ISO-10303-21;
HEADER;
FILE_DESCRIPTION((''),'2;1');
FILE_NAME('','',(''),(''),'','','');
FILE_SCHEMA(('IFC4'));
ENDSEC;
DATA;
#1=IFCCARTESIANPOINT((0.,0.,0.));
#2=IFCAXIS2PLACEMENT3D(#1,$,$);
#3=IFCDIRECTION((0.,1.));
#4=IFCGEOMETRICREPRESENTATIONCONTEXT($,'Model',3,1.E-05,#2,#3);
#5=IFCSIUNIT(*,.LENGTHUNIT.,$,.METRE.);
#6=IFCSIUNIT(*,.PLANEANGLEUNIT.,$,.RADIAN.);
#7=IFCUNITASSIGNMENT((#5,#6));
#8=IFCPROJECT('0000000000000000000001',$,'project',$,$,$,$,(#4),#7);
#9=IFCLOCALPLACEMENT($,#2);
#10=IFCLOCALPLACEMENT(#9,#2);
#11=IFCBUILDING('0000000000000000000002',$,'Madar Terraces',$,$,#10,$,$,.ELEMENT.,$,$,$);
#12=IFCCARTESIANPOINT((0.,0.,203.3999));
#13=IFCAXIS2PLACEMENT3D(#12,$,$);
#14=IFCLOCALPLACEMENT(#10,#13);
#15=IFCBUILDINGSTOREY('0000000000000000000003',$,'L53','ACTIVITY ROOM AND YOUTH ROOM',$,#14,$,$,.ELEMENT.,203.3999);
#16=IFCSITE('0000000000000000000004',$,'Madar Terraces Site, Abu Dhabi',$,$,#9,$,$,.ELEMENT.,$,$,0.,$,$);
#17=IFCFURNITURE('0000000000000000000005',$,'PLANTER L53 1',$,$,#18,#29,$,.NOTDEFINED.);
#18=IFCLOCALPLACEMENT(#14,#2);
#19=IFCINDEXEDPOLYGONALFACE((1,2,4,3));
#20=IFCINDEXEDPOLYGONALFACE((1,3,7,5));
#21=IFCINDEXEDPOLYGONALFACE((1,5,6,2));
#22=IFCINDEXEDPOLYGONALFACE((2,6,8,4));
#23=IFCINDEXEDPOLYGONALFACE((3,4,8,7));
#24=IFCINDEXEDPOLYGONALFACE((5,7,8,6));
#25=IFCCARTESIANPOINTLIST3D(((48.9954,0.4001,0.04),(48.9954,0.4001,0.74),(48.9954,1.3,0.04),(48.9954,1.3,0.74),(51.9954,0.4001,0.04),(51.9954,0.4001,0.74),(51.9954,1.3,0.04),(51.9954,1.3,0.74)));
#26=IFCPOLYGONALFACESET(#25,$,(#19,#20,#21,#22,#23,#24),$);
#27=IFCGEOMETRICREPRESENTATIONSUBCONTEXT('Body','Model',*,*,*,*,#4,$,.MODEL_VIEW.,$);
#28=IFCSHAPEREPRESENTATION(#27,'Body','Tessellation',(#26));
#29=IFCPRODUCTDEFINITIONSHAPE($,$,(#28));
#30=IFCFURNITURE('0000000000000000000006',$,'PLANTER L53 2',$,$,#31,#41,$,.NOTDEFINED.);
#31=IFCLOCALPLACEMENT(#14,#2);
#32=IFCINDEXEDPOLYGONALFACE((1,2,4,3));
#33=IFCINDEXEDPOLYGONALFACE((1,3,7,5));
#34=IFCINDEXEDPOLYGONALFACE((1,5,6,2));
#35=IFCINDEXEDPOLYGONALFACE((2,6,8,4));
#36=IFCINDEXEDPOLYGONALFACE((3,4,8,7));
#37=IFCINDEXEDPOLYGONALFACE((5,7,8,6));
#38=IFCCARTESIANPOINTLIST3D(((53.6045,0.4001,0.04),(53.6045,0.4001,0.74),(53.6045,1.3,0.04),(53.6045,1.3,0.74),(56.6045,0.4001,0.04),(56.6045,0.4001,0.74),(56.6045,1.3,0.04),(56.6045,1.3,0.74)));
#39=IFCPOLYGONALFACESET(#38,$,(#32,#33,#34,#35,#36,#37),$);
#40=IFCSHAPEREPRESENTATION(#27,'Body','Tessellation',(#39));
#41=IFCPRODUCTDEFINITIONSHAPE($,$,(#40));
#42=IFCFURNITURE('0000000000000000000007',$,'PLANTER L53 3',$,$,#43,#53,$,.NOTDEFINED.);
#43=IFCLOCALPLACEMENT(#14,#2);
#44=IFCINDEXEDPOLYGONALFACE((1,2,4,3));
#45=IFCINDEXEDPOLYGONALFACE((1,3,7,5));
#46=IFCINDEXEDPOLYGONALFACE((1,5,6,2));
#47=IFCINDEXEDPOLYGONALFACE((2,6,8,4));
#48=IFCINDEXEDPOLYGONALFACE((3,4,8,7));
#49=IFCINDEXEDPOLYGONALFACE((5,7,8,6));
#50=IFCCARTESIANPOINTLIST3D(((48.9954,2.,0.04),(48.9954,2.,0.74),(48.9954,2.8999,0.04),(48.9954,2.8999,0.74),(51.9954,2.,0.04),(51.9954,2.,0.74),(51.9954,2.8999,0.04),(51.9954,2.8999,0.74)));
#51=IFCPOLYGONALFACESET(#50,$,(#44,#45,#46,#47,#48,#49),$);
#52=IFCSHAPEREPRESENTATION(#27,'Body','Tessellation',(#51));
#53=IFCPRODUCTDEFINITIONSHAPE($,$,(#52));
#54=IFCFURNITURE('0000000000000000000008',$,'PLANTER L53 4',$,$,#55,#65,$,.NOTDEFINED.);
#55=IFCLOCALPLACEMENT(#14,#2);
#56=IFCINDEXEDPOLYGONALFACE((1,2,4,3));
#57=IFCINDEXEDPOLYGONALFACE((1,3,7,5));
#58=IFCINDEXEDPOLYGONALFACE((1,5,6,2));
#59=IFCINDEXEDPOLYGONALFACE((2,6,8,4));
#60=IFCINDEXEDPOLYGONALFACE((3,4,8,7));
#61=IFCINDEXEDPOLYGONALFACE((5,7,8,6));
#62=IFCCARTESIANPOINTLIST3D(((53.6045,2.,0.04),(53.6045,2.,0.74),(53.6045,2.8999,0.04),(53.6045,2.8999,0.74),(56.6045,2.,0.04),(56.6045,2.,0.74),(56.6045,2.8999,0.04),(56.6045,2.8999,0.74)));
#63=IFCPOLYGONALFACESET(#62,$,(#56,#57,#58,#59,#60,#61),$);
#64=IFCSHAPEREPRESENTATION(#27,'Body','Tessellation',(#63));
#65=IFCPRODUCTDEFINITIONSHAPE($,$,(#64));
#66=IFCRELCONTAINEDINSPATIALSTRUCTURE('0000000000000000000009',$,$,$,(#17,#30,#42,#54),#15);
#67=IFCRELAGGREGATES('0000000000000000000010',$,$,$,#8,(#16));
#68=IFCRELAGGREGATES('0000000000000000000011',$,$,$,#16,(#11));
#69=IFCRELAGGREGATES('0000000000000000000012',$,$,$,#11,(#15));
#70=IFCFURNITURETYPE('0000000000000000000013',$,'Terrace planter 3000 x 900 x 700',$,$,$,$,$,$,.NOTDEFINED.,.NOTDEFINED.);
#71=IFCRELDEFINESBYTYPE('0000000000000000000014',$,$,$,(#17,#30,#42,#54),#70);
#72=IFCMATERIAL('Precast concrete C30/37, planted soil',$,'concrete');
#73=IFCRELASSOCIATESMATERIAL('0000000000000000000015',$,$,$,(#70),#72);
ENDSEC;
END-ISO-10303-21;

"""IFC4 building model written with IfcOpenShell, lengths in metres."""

from ifc_helpers import new_model, si_unit, direction, frame, origin, origin_2d, place, context, subcontext, project, spatial, rectangle, extrude, material, type_object, element, save


model = new_model("IFC4")

# Units and contexts
model_context = context("Model", 3, precision=1e-05, world=origin(), true_north=direction((0.0, 1.0)))
body_context = subcontext(model_context, "Body", "Model", "MODEL_VIEW")
ifc_project = project(units=[si_unit("LENGTHUNIT", "METRE"), si_unit("PLANEANGLEUNIT", "RADIAN")], contexts=[model_context])

# Site, building, storey
site_placement = place(None, origin())
site = spatial("IfcSite", under=ifc_project, at=site_placement, Name="Madar Terraces Site, Abu Dhabi", CompositionType="ELEMENT", RefElevation=0.0)
building_placement = place(site_placement, origin())
building = spatial("IfcBuilding", under=site, at=building_placement, Name="Madar Terraces", CompositionType="ELEMENT")
storey_placement = place(building_placement, frame((0.0, 0.0, 203.3999)))
storey = spatial("IfcBuildingStorey", under=building, at=storey_placement, Name="L53", Description="ACTIVITY ROOM AND YOUTH ROOM", CompositionType="ELEMENT", Elevation=203.3999)

# Furniture
ifc_material_1 = material(Name="Precast concrete C30/37, planted soil", Category="concrete")
furniture_type = type_object("IfcFurnitureType", Name="Terrace planter 3000 x 900 x 700", AssemblyPlace="NOTDEFINED", PredefinedType="NOTDEFINED", material=ifc_material_1)
for number, where, z_axis, x_axis, name in (
    (1, (50.4954, 0.8501, 0.04), (0.0, 0.0, 1.0), (1.0, 0.0, 0.0), "PLANTER L53 1"),
    (2, (55.1045, 0.8501, 0.04), (0.0, 0.0, 1.0), (1.0, 0.0, 0.0), "PLANTER L53 2"),
    (3, (50.4954, 2.45, 0.04), (0.0, 0.0, 1.0), (1.0, 0.0, 0.0), "PLANTER L53 3"),
    (4, (55.1045, 2.45, 0.04), (0.0, 0.0, 1.0), (1.0, 0.0, 0.0), "PLANTER L53 4"),
):
    element("IfcFurniture", number, at=place(storey_placement, frame(where, z_axis=z_axis, x_axis=x_axis)), inside=storey, type_object=furniture_type, Name=name, PredefinedType="NOTDEFINED", context=body_context, shape_type="SweptSolid", body=[
        extrude(rectangle(XDim=3.0, YDim=0.8999, at=origin_2d()), origin(), (0.0, 0.0, 1.0), 0.7),
    ])

save(model, "model.ifc")
